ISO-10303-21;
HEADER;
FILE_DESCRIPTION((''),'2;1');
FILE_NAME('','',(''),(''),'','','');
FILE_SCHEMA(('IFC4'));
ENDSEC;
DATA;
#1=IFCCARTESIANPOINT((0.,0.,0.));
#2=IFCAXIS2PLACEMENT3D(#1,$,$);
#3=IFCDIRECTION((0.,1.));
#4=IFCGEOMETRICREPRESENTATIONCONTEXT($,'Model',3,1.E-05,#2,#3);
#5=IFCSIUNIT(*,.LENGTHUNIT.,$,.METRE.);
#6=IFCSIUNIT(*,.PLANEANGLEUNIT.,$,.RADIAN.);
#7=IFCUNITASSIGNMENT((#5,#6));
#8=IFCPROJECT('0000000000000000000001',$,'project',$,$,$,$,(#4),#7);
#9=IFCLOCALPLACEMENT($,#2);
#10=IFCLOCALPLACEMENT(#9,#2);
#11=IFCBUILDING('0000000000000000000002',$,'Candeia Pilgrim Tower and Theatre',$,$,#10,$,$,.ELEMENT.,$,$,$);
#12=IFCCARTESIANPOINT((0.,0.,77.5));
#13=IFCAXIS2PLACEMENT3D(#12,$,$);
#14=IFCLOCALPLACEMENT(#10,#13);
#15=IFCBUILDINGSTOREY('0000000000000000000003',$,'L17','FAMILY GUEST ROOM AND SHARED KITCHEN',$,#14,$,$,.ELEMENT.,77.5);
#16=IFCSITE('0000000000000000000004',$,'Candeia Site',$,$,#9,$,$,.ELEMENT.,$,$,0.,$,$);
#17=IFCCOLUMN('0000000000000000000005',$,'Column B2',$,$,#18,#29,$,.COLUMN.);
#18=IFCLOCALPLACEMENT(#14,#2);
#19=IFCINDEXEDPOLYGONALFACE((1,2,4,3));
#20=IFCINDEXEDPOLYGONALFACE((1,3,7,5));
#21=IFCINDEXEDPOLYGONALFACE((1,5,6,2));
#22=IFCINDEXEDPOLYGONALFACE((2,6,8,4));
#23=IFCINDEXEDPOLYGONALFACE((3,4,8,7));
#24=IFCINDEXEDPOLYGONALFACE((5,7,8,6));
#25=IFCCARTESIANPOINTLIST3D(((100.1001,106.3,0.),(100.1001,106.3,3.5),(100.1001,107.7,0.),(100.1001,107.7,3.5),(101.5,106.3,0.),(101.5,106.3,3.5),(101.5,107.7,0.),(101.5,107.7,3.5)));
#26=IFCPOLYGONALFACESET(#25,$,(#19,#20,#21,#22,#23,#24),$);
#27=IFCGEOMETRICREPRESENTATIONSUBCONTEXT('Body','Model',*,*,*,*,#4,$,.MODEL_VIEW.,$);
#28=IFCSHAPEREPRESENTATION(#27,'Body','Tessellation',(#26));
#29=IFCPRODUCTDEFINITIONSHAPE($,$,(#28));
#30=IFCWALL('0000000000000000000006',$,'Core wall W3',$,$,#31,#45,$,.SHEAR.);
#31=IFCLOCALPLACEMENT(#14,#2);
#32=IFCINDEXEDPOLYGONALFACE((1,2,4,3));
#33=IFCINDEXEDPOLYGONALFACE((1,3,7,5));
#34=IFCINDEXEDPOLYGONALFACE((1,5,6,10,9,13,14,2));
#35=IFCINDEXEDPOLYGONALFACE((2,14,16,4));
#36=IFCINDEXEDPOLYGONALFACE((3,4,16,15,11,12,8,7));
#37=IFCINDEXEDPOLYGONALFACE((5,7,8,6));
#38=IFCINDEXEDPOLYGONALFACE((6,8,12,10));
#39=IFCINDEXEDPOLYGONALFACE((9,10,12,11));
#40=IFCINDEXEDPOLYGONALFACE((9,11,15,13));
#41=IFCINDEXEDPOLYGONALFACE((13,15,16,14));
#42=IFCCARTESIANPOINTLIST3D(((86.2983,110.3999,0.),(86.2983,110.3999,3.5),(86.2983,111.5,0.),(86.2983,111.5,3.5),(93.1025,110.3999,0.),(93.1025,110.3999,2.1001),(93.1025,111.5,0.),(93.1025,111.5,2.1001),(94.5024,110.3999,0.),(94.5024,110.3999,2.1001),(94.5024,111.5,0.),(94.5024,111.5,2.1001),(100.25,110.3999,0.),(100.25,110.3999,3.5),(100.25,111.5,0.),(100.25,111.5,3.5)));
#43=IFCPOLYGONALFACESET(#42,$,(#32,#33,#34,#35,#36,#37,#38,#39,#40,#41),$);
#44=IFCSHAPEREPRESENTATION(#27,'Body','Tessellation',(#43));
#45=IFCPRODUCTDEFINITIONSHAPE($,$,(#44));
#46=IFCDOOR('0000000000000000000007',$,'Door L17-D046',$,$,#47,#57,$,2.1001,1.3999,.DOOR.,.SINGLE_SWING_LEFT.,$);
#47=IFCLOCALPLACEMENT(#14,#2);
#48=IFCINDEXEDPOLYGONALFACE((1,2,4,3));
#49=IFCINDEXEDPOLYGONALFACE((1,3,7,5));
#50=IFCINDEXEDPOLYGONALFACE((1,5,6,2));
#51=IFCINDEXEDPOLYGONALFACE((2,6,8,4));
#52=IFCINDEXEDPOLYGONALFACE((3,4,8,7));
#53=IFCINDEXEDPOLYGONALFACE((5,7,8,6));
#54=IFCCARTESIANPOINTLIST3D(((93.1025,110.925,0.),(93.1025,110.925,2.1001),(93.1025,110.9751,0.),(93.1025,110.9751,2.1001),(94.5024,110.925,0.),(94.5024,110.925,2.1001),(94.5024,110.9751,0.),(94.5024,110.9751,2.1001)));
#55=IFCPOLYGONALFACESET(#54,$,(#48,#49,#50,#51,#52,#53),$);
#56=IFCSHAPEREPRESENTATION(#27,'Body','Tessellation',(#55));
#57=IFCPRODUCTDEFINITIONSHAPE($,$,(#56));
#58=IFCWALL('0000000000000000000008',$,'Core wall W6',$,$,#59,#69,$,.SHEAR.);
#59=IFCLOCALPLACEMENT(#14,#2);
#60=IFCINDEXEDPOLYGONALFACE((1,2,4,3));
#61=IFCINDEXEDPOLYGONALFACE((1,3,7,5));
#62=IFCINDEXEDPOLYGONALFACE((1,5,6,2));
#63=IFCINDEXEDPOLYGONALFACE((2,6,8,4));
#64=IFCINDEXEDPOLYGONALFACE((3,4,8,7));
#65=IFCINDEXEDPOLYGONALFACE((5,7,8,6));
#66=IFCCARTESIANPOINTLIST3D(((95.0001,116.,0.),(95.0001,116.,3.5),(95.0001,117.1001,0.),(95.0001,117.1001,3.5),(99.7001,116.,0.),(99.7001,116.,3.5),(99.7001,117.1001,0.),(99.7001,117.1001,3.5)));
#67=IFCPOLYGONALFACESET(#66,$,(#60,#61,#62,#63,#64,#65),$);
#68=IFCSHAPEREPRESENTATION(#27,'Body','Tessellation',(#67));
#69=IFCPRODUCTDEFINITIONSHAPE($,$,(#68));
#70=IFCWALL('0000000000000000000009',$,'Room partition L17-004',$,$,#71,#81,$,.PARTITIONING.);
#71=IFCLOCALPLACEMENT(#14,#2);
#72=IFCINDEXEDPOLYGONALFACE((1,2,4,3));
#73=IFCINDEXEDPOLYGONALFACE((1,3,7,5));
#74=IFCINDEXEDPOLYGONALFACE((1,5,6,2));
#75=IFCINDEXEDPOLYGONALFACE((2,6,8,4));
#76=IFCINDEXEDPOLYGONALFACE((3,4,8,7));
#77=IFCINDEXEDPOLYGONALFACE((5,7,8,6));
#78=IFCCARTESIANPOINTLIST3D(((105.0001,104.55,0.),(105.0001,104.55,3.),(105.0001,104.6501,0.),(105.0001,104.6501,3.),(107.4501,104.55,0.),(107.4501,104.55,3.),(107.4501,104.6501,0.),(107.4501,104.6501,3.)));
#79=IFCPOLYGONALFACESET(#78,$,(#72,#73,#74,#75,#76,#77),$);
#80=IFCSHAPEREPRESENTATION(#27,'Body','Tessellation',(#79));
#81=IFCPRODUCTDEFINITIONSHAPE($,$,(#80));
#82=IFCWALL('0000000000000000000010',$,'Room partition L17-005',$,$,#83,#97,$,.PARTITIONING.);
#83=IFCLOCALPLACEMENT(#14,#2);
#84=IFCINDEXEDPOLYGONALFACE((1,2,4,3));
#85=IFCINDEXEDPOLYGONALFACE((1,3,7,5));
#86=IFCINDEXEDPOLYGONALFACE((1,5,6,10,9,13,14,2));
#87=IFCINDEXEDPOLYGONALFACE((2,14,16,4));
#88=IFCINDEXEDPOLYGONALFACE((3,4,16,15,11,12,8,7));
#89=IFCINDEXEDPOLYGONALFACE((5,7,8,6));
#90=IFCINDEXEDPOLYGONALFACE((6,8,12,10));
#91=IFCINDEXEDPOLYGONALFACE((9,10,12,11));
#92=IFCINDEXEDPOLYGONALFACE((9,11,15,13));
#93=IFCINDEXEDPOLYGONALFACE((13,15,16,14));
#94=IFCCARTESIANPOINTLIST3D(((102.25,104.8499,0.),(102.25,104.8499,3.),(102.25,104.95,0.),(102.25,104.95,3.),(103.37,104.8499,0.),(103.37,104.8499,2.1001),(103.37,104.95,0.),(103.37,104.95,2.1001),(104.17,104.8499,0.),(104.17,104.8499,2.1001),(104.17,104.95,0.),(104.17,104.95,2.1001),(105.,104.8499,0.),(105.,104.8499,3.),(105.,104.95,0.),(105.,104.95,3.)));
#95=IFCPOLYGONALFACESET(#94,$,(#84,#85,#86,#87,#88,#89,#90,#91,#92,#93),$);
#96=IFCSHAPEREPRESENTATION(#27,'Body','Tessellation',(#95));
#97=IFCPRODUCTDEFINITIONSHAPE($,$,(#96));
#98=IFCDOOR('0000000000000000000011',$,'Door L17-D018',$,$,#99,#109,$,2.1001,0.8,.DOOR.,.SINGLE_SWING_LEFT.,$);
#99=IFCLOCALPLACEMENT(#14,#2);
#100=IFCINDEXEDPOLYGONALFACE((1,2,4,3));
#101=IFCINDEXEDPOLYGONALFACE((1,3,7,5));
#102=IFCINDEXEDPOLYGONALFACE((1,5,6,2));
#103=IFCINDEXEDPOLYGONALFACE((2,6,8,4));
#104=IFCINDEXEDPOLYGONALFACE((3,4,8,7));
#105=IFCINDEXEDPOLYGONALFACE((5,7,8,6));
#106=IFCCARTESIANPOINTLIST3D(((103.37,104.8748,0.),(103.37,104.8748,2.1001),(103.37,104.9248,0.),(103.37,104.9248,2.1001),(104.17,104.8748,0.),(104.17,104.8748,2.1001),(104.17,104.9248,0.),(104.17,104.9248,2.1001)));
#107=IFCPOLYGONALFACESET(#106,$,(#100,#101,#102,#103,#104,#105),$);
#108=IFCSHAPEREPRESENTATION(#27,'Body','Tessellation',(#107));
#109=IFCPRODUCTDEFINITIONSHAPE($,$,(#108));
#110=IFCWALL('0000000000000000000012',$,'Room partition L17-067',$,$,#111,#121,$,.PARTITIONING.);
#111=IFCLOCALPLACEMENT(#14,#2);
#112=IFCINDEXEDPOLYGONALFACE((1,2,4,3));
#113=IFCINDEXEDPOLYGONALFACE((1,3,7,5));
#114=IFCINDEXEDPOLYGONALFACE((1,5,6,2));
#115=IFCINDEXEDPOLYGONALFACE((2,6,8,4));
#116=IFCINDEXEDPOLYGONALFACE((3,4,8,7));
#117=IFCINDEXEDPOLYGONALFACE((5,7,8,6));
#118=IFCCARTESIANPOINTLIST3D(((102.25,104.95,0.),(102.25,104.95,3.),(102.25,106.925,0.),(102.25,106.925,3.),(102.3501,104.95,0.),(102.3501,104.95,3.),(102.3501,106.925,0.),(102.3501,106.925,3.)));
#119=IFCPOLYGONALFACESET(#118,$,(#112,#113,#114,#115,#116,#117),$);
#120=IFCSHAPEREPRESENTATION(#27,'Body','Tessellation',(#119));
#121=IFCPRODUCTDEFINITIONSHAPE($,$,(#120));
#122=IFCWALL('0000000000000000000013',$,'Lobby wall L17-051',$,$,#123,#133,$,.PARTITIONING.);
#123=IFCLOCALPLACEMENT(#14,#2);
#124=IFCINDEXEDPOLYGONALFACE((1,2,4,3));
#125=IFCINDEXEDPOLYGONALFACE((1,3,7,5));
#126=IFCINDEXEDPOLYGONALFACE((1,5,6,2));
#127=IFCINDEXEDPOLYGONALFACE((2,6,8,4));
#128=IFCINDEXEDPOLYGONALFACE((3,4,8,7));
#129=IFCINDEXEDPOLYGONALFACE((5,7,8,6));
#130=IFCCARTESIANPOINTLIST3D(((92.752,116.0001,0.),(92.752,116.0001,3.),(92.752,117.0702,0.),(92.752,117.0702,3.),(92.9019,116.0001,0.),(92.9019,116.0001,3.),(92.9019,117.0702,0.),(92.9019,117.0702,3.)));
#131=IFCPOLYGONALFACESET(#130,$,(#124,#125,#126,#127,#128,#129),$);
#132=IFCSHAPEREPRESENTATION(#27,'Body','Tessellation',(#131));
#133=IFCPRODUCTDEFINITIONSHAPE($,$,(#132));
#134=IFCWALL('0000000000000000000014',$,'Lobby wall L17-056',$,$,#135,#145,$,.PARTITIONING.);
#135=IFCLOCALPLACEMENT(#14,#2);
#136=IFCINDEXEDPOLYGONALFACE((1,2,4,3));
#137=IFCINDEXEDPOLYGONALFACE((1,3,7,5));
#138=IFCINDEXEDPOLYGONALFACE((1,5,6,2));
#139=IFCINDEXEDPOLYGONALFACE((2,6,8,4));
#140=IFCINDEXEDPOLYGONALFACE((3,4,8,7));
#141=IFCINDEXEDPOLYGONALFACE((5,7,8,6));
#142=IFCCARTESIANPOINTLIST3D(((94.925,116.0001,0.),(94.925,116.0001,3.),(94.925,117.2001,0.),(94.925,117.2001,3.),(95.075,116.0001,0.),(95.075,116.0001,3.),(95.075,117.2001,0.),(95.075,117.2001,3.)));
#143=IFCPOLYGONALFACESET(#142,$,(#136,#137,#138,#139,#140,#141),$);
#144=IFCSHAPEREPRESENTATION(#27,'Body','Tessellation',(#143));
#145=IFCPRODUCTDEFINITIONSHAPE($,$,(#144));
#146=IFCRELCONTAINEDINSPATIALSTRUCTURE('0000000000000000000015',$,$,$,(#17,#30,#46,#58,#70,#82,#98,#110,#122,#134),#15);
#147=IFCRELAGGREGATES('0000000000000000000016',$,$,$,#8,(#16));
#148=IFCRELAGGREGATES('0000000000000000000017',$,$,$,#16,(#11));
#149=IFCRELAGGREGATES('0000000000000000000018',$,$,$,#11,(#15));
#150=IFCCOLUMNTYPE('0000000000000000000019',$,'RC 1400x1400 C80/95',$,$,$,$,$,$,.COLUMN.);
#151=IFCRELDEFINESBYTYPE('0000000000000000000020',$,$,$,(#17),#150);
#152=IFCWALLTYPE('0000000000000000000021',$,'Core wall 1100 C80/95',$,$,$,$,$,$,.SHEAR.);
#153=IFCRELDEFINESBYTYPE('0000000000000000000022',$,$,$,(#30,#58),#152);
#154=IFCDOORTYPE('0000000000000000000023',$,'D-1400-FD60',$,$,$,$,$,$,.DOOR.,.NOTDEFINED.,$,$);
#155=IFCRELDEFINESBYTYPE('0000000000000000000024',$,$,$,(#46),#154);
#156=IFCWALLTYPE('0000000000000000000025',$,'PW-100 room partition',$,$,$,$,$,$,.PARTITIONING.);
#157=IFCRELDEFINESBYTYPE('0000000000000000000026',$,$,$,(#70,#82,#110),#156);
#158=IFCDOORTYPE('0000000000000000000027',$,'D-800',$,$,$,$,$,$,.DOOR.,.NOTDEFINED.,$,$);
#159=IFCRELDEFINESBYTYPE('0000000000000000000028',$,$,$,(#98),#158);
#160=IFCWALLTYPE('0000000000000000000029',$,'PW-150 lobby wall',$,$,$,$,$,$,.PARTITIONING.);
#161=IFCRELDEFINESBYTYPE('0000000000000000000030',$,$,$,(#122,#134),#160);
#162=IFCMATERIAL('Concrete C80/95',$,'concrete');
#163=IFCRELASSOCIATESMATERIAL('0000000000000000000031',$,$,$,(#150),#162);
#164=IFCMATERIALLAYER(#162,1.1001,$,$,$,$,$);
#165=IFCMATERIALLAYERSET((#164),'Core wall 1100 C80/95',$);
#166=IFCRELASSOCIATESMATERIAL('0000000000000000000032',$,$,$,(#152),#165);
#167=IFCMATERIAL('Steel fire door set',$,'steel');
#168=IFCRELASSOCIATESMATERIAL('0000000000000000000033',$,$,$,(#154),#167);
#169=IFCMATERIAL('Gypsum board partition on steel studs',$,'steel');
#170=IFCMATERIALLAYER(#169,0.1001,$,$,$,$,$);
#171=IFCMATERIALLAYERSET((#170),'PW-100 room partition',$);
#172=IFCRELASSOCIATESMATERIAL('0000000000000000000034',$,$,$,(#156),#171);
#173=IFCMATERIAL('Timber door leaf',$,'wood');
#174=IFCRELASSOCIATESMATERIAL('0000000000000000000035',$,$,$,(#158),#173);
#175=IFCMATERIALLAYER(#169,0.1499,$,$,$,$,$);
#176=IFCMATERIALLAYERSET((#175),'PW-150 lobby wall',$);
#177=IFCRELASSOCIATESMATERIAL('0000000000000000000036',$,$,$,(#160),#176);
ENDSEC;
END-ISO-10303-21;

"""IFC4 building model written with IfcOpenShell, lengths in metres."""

from ifc_helpers import new_model, si_unit, direction, frame, frame_2d, origin, origin_2d, place, context, subcontext, project, spatial, rectangle, extrude, material, layer, layer_set, material_profile, profile_set, type_object, element, fill, save


model = new_model("IFC4")

# Units and contexts
model_context = context("Model", 3, precision=1e-05, world=origin(), true_north=direction((0.0, 1.0)))
body_context = subcontext(model_context, "Body", "Model", "MODEL_VIEW")
ifc_project = project(units=[si_unit("LENGTHUNIT", "METRE"), si_unit("PLANEANGLEUNIT", "RADIAN")], contexts=[model_context])

# Site, building, storey
site_placement = place(None, origin())
site = spatial("IfcSite", under=ifc_project, at=site_placement, Name="Candeia Site", CompositionType="ELEMENT", RefElevation=0.0)
building_placement = place(site_placement, origin())
building = spatial("IfcBuilding", under=site, at=building_placement, Name="Candeia Pilgrim Tower and Theatre", CompositionType="ELEMENT")
storey_placement = place(building_placement, frame((0.0, 0.0, 77.5)))
storey = spatial("IfcBuildingStorey", under=building, at=storey_placement, Name="L17", Description="FAMILY GUEST ROOM AND SHARED KITCHEN", CompositionType="ELEMENT", Elevation=77.5)

# Column
ifc_material_1 = material(Name="Concrete C80/95", Category="concrete")
ifc_material_profile = material_profile(ifc_material_1, rectangle(XDim=1.3999, YDim=1.3999, at=origin_2d()))
ifc_profile_set = profile_set([ifc_material_profile], Name="Concrete C80/95")
column_type = type_object("IfcColumnType", Name="RC 1400x1400 C80/95", PredefinedType="COLUMN", material=ifc_profile_set)
column_placement = place(storey_placement, frame((100.8, 107.0, 0.0), z_axis=(0.0, 0.0, 1.0), x_axis=(1.0, 0.0, 0.0)))
element("IfcColumn", 1, at=column_placement, inside=storey, type_object=column_type, Name="Column B2", PredefinedType="COLUMN", context=body_context, shape_type="SweptSolid", body=[
    extrude(rectangle(XDim=1.3999, YDim=1.3999, at=origin_2d()), origin(), (0.0, 0.0, 1.0), 3.5),
])

# Wall, opening, door
ifc_layer_1 = layer(ifc_material_1, 1.1001)
ifc_layer_set_1 = layer_set([ifc_layer_1], Name="Core wall 1100 C80/95")
wall_type_1 = type_object("IfcWallType", Name="Core wall 1100 C80/95", PredefinedType="SHEAR", material=ifc_layer_set_1)
wall_1_placement = place(storey_placement, frame((100.25, 110.95, 0.0), z_axis=(0.0, 0.0, 1.0), x_axis=(-1.0, 0.0, 0.0)))
wall_1 = element("IfcWall", 2, at=wall_1_placement, inside=storey, type_object=wall_type_1, Name="Core wall W3", PredefinedType="SHEAR", context=body_context, shape_type="SweptSolid", body=[
    extrude(rectangle(XDim=13.9517, YDim=1.1001, at=frame_2d((6.9758, 0.0))), origin(), (0.0, 0.0, 1.0), 3.5),
])
opening_1_placement = place(wall_1_placement, frame((5.7476, 0.0, 0.0)))
opening_1 = element("IfcOpeningElement", 3, at=opening_1_placement, cuts=wall_1, PredefinedType="OPENING", context=body_context, shape_type="SweptSolid", body=[
    extrude(rectangle(XDim=1.3999, YDim=2.1001, at=frame_2d((0.7, 1.05))), frame((0.0, 0.5601, 0.0), z_axis=(0.0, -1.0, 0.0), x_axis=(1.0, 0.0, 0.0)), (0.0, 0.0, 1.0), 1.1201),
])
ifc_material_2 = material(Name="Steel fire door set", Category="steel")
door_type_1 = type_object("IfcDoorType", Name="D-1400-FD60", OperationType="NOTDEFINED", PredefinedType="DOOR", material=ifc_material_2)
door_1_placement = place(opening_1_placement, origin())
door_1 = element("IfcDoor", 4, at=door_1_placement, inside=storey, type_object=door_type_1, Name="Door L17-D046", OperationType="SINGLE_SWING_LEFT", OverallHeight=2.1001, OverallWidth=1.3999, PredefinedType="DOOR", context=body_context, shape_type="SweptSolid", body=[
    extrude(rectangle(XDim=1.3999, YDim=2.1001, at=frame_2d((0.7, 1.05))), frame((0.0, 0.0249, 0.0), z_axis=(0.0, -1.0, 0.0), x_axis=(1.0, 0.0, 0.0)), (0.0, 0.0, 1.0), 0.05),
])
fill(opening_1, door_1)

# Walls
wall_2_placement = place(storey_placement, frame((95.0, 116.55, 0.0), z_axis=(0.0, 0.0, 1.0), x_axis=(1.0, 0.0, 0.0)))
element("IfcWall", 5, at=wall_2_placement, inside=storey, type_object=wall_type_1, Name="Core wall W6", PredefinedType="SHEAR", context=body_context, shape_type="SweptSolid", body=[
    extrude(rectangle(XDim=4.7, YDim=1.1001, at=frame_2d((2.3501, 0.0))), origin(), (0.0, 0.0, 1.0), 3.5),
])
ifc_material_3 = material(Name="Gypsum board partition on steel studs", Category="steel")
ifc_layer_2 = layer(ifc_material_3, 0.1001)
ifc_layer_set_2 = layer_set([ifc_layer_2], Name="PW-100 room partition")
wall_type_2 = type_object("IfcWallType", Name="PW-100 room partition", PredefinedType="PARTITIONING", material=ifc_layer_set_2)
wall_3_placement = place(storey_placement, frame((105.0, 104.6001, 0.0), z_axis=(0.0, 0.0, 1.0), x_axis=(1.0, 0.0, 0.0)))
element("IfcWall", 6, at=wall_3_placement, inside=storey, type_object=wall_type_2, Name="Room partition L17-004", PredefinedType="PARTITIONING", context=body_context, shape_type="SweptSolid", body=[
    extrude(rectangle(XDim=2.45, YDim=0.1001, at=frame_2d((1.2251, 0.0))), origin(), (0.0, 0.0, 1.0), 3.0),
])

# Wall, opening, door
wall_4_placement = place(storey_placement, frame((102.25, 104.8999, 0.0), z_axis=(0.0, 0.0, 1.0), x_axis=(1.0, 0.0, 0.0)))
wall_4 = element("IfcWall", 7, at=wall_4_placement, inside=storey, type_object=wall_type_2, Name="Room partition L17-005", PredefinedType="PARTITIONING", context=body_context, shape_type="SweptSolid", body=[
    extrude(rectangle(XDim=2.75, YDim=0.1001, at=frame_2d((1.375, 0.0))), origin(), (0.0, 0.0, 1.0), 3.0),
])
opening_2_placement = place(wall_4_placement, frame((1.1201, 0.0, 0.0)))
opening_2 = element("IfcOpeningElement", 8, at=opening_2_placement, cuts=wall_4, PredefinedType="OPENING", context=body_context, shape_type="SweptSolid", body=[
    extrude(rectangle(XDim=0.8, YDim=2.1001, at=frame_2d((0.3999, 1.05))), frame((0.0, 0.0601, 0.0), z_axis=(0.0, -1.0, 0.0), x_axis=(1.0, 0.0, 0.0)), (0.0, 0.0, 1.0), 0.1201),
])
ifc_material_4 = material(Name="Timber door leaf", Category="wood")
door_type_2 = type_object("IfcDoorType", Name="D-800", OperationType="NOTDEFINED", PredefinedType="DOOR", material=ifc_material_4)
door_2_placement = place(opening_2_placement, origin())
door_2 = element("IfcDoor", 9, at=door_2_placement, inside=storey, type_object=door_type_2, Name="Door L17-D018", OperationType="SINGLE_SWING_LEFT", OverallHeight=2.1001, OverallWidth=0.8, PredefinedType="DOOR", context=body_context, shape_type="SweptSolid", body=[
    extrude(rectangle(XDim=0.8, YDim=2.1001, at=frame_2d((0.3999, 1.05))), frame((0.0, 0.0249, 0.0), z_axis=(0.0, -1.0, 0.0), x_axis=(1.0, 0.0, 0.0)), (0.0, 0.0, 1.0), 0.05),
])
fill(opening_2, door_2)

# Walls
wall_5_placement = place(storey_placement, frame((102.3, 104.95, 0.0), z_axis=(0.0, 0.0, 1.0), x_axis=(0.0, 1.0, 0.0)))
element("IfcWall", 10, at=wall_5_placement, inside=storey, type_object=wall_type_2, Name="Room partition L17-067", PredefinedType="PARTITIONING", context=body_context, shape_type="SweptSolid", body=[
    extrude(rectangle(XDim=1.9751, YDim=0.1001, at=frame_2d((0.9875, 0.0))), origin(), (0.0, 0.0, 1.0), 3.0),
])
ifc_layer_3 = layer(ifc_material_3, 0.1499)
ifc_layer_set_3 = layer_set([ifc_layer_3], Name="PW-150 lobby wall")
wall_type_3 = type_object("IfcWallType", Name="PW-150 lobby wall", PredefinedType="PARTITIONING", material=ifc_layer_set_3)
wall_6_placement = place(storey_placement, frame((92.8269, 116.0, 0.0), z_axis=(0.0, 0.0, 1.0), x_axis=(0.0, 1.0, 0.0)))
element("IfcWall", 11, at=wall_6_placement, inside=storey, type_object=wall_type_3, Name="Lobby wall L17-051", PredefinedType="PARTITIONING", context=body_context, shape_type="SweptSolid", body=[
    extrude(rectangle(XDim=1.0701, YDim=0.1499, at=frame_2d((0.5352, 0.0))), origin(), (0.0, 0.0, 1.0), 3.0),
])
wall_7_placement = place(storey_placement, frame((95.0, 116.0, 0.0), z_axis=(0.0, 0.0, 1.0), x_axis=(0.0, 1.0, 0.0)))
element("IfcWall", 12, at=wall_7_placement, inside=storey, type_object=wall_type_3, Name="Lobby wall L17-056", PredefinedType="PARTITIONING", context=body_context, shape_type="SweptSolid", body=[
    extrude(rectangle(XDim=1.2, YDim=0.1499, at=frame_2d((0.6001, 0.0))), origin(), (0.0, 0.0, 1.0), 3.0),
])

save(model, "model.ifc")
